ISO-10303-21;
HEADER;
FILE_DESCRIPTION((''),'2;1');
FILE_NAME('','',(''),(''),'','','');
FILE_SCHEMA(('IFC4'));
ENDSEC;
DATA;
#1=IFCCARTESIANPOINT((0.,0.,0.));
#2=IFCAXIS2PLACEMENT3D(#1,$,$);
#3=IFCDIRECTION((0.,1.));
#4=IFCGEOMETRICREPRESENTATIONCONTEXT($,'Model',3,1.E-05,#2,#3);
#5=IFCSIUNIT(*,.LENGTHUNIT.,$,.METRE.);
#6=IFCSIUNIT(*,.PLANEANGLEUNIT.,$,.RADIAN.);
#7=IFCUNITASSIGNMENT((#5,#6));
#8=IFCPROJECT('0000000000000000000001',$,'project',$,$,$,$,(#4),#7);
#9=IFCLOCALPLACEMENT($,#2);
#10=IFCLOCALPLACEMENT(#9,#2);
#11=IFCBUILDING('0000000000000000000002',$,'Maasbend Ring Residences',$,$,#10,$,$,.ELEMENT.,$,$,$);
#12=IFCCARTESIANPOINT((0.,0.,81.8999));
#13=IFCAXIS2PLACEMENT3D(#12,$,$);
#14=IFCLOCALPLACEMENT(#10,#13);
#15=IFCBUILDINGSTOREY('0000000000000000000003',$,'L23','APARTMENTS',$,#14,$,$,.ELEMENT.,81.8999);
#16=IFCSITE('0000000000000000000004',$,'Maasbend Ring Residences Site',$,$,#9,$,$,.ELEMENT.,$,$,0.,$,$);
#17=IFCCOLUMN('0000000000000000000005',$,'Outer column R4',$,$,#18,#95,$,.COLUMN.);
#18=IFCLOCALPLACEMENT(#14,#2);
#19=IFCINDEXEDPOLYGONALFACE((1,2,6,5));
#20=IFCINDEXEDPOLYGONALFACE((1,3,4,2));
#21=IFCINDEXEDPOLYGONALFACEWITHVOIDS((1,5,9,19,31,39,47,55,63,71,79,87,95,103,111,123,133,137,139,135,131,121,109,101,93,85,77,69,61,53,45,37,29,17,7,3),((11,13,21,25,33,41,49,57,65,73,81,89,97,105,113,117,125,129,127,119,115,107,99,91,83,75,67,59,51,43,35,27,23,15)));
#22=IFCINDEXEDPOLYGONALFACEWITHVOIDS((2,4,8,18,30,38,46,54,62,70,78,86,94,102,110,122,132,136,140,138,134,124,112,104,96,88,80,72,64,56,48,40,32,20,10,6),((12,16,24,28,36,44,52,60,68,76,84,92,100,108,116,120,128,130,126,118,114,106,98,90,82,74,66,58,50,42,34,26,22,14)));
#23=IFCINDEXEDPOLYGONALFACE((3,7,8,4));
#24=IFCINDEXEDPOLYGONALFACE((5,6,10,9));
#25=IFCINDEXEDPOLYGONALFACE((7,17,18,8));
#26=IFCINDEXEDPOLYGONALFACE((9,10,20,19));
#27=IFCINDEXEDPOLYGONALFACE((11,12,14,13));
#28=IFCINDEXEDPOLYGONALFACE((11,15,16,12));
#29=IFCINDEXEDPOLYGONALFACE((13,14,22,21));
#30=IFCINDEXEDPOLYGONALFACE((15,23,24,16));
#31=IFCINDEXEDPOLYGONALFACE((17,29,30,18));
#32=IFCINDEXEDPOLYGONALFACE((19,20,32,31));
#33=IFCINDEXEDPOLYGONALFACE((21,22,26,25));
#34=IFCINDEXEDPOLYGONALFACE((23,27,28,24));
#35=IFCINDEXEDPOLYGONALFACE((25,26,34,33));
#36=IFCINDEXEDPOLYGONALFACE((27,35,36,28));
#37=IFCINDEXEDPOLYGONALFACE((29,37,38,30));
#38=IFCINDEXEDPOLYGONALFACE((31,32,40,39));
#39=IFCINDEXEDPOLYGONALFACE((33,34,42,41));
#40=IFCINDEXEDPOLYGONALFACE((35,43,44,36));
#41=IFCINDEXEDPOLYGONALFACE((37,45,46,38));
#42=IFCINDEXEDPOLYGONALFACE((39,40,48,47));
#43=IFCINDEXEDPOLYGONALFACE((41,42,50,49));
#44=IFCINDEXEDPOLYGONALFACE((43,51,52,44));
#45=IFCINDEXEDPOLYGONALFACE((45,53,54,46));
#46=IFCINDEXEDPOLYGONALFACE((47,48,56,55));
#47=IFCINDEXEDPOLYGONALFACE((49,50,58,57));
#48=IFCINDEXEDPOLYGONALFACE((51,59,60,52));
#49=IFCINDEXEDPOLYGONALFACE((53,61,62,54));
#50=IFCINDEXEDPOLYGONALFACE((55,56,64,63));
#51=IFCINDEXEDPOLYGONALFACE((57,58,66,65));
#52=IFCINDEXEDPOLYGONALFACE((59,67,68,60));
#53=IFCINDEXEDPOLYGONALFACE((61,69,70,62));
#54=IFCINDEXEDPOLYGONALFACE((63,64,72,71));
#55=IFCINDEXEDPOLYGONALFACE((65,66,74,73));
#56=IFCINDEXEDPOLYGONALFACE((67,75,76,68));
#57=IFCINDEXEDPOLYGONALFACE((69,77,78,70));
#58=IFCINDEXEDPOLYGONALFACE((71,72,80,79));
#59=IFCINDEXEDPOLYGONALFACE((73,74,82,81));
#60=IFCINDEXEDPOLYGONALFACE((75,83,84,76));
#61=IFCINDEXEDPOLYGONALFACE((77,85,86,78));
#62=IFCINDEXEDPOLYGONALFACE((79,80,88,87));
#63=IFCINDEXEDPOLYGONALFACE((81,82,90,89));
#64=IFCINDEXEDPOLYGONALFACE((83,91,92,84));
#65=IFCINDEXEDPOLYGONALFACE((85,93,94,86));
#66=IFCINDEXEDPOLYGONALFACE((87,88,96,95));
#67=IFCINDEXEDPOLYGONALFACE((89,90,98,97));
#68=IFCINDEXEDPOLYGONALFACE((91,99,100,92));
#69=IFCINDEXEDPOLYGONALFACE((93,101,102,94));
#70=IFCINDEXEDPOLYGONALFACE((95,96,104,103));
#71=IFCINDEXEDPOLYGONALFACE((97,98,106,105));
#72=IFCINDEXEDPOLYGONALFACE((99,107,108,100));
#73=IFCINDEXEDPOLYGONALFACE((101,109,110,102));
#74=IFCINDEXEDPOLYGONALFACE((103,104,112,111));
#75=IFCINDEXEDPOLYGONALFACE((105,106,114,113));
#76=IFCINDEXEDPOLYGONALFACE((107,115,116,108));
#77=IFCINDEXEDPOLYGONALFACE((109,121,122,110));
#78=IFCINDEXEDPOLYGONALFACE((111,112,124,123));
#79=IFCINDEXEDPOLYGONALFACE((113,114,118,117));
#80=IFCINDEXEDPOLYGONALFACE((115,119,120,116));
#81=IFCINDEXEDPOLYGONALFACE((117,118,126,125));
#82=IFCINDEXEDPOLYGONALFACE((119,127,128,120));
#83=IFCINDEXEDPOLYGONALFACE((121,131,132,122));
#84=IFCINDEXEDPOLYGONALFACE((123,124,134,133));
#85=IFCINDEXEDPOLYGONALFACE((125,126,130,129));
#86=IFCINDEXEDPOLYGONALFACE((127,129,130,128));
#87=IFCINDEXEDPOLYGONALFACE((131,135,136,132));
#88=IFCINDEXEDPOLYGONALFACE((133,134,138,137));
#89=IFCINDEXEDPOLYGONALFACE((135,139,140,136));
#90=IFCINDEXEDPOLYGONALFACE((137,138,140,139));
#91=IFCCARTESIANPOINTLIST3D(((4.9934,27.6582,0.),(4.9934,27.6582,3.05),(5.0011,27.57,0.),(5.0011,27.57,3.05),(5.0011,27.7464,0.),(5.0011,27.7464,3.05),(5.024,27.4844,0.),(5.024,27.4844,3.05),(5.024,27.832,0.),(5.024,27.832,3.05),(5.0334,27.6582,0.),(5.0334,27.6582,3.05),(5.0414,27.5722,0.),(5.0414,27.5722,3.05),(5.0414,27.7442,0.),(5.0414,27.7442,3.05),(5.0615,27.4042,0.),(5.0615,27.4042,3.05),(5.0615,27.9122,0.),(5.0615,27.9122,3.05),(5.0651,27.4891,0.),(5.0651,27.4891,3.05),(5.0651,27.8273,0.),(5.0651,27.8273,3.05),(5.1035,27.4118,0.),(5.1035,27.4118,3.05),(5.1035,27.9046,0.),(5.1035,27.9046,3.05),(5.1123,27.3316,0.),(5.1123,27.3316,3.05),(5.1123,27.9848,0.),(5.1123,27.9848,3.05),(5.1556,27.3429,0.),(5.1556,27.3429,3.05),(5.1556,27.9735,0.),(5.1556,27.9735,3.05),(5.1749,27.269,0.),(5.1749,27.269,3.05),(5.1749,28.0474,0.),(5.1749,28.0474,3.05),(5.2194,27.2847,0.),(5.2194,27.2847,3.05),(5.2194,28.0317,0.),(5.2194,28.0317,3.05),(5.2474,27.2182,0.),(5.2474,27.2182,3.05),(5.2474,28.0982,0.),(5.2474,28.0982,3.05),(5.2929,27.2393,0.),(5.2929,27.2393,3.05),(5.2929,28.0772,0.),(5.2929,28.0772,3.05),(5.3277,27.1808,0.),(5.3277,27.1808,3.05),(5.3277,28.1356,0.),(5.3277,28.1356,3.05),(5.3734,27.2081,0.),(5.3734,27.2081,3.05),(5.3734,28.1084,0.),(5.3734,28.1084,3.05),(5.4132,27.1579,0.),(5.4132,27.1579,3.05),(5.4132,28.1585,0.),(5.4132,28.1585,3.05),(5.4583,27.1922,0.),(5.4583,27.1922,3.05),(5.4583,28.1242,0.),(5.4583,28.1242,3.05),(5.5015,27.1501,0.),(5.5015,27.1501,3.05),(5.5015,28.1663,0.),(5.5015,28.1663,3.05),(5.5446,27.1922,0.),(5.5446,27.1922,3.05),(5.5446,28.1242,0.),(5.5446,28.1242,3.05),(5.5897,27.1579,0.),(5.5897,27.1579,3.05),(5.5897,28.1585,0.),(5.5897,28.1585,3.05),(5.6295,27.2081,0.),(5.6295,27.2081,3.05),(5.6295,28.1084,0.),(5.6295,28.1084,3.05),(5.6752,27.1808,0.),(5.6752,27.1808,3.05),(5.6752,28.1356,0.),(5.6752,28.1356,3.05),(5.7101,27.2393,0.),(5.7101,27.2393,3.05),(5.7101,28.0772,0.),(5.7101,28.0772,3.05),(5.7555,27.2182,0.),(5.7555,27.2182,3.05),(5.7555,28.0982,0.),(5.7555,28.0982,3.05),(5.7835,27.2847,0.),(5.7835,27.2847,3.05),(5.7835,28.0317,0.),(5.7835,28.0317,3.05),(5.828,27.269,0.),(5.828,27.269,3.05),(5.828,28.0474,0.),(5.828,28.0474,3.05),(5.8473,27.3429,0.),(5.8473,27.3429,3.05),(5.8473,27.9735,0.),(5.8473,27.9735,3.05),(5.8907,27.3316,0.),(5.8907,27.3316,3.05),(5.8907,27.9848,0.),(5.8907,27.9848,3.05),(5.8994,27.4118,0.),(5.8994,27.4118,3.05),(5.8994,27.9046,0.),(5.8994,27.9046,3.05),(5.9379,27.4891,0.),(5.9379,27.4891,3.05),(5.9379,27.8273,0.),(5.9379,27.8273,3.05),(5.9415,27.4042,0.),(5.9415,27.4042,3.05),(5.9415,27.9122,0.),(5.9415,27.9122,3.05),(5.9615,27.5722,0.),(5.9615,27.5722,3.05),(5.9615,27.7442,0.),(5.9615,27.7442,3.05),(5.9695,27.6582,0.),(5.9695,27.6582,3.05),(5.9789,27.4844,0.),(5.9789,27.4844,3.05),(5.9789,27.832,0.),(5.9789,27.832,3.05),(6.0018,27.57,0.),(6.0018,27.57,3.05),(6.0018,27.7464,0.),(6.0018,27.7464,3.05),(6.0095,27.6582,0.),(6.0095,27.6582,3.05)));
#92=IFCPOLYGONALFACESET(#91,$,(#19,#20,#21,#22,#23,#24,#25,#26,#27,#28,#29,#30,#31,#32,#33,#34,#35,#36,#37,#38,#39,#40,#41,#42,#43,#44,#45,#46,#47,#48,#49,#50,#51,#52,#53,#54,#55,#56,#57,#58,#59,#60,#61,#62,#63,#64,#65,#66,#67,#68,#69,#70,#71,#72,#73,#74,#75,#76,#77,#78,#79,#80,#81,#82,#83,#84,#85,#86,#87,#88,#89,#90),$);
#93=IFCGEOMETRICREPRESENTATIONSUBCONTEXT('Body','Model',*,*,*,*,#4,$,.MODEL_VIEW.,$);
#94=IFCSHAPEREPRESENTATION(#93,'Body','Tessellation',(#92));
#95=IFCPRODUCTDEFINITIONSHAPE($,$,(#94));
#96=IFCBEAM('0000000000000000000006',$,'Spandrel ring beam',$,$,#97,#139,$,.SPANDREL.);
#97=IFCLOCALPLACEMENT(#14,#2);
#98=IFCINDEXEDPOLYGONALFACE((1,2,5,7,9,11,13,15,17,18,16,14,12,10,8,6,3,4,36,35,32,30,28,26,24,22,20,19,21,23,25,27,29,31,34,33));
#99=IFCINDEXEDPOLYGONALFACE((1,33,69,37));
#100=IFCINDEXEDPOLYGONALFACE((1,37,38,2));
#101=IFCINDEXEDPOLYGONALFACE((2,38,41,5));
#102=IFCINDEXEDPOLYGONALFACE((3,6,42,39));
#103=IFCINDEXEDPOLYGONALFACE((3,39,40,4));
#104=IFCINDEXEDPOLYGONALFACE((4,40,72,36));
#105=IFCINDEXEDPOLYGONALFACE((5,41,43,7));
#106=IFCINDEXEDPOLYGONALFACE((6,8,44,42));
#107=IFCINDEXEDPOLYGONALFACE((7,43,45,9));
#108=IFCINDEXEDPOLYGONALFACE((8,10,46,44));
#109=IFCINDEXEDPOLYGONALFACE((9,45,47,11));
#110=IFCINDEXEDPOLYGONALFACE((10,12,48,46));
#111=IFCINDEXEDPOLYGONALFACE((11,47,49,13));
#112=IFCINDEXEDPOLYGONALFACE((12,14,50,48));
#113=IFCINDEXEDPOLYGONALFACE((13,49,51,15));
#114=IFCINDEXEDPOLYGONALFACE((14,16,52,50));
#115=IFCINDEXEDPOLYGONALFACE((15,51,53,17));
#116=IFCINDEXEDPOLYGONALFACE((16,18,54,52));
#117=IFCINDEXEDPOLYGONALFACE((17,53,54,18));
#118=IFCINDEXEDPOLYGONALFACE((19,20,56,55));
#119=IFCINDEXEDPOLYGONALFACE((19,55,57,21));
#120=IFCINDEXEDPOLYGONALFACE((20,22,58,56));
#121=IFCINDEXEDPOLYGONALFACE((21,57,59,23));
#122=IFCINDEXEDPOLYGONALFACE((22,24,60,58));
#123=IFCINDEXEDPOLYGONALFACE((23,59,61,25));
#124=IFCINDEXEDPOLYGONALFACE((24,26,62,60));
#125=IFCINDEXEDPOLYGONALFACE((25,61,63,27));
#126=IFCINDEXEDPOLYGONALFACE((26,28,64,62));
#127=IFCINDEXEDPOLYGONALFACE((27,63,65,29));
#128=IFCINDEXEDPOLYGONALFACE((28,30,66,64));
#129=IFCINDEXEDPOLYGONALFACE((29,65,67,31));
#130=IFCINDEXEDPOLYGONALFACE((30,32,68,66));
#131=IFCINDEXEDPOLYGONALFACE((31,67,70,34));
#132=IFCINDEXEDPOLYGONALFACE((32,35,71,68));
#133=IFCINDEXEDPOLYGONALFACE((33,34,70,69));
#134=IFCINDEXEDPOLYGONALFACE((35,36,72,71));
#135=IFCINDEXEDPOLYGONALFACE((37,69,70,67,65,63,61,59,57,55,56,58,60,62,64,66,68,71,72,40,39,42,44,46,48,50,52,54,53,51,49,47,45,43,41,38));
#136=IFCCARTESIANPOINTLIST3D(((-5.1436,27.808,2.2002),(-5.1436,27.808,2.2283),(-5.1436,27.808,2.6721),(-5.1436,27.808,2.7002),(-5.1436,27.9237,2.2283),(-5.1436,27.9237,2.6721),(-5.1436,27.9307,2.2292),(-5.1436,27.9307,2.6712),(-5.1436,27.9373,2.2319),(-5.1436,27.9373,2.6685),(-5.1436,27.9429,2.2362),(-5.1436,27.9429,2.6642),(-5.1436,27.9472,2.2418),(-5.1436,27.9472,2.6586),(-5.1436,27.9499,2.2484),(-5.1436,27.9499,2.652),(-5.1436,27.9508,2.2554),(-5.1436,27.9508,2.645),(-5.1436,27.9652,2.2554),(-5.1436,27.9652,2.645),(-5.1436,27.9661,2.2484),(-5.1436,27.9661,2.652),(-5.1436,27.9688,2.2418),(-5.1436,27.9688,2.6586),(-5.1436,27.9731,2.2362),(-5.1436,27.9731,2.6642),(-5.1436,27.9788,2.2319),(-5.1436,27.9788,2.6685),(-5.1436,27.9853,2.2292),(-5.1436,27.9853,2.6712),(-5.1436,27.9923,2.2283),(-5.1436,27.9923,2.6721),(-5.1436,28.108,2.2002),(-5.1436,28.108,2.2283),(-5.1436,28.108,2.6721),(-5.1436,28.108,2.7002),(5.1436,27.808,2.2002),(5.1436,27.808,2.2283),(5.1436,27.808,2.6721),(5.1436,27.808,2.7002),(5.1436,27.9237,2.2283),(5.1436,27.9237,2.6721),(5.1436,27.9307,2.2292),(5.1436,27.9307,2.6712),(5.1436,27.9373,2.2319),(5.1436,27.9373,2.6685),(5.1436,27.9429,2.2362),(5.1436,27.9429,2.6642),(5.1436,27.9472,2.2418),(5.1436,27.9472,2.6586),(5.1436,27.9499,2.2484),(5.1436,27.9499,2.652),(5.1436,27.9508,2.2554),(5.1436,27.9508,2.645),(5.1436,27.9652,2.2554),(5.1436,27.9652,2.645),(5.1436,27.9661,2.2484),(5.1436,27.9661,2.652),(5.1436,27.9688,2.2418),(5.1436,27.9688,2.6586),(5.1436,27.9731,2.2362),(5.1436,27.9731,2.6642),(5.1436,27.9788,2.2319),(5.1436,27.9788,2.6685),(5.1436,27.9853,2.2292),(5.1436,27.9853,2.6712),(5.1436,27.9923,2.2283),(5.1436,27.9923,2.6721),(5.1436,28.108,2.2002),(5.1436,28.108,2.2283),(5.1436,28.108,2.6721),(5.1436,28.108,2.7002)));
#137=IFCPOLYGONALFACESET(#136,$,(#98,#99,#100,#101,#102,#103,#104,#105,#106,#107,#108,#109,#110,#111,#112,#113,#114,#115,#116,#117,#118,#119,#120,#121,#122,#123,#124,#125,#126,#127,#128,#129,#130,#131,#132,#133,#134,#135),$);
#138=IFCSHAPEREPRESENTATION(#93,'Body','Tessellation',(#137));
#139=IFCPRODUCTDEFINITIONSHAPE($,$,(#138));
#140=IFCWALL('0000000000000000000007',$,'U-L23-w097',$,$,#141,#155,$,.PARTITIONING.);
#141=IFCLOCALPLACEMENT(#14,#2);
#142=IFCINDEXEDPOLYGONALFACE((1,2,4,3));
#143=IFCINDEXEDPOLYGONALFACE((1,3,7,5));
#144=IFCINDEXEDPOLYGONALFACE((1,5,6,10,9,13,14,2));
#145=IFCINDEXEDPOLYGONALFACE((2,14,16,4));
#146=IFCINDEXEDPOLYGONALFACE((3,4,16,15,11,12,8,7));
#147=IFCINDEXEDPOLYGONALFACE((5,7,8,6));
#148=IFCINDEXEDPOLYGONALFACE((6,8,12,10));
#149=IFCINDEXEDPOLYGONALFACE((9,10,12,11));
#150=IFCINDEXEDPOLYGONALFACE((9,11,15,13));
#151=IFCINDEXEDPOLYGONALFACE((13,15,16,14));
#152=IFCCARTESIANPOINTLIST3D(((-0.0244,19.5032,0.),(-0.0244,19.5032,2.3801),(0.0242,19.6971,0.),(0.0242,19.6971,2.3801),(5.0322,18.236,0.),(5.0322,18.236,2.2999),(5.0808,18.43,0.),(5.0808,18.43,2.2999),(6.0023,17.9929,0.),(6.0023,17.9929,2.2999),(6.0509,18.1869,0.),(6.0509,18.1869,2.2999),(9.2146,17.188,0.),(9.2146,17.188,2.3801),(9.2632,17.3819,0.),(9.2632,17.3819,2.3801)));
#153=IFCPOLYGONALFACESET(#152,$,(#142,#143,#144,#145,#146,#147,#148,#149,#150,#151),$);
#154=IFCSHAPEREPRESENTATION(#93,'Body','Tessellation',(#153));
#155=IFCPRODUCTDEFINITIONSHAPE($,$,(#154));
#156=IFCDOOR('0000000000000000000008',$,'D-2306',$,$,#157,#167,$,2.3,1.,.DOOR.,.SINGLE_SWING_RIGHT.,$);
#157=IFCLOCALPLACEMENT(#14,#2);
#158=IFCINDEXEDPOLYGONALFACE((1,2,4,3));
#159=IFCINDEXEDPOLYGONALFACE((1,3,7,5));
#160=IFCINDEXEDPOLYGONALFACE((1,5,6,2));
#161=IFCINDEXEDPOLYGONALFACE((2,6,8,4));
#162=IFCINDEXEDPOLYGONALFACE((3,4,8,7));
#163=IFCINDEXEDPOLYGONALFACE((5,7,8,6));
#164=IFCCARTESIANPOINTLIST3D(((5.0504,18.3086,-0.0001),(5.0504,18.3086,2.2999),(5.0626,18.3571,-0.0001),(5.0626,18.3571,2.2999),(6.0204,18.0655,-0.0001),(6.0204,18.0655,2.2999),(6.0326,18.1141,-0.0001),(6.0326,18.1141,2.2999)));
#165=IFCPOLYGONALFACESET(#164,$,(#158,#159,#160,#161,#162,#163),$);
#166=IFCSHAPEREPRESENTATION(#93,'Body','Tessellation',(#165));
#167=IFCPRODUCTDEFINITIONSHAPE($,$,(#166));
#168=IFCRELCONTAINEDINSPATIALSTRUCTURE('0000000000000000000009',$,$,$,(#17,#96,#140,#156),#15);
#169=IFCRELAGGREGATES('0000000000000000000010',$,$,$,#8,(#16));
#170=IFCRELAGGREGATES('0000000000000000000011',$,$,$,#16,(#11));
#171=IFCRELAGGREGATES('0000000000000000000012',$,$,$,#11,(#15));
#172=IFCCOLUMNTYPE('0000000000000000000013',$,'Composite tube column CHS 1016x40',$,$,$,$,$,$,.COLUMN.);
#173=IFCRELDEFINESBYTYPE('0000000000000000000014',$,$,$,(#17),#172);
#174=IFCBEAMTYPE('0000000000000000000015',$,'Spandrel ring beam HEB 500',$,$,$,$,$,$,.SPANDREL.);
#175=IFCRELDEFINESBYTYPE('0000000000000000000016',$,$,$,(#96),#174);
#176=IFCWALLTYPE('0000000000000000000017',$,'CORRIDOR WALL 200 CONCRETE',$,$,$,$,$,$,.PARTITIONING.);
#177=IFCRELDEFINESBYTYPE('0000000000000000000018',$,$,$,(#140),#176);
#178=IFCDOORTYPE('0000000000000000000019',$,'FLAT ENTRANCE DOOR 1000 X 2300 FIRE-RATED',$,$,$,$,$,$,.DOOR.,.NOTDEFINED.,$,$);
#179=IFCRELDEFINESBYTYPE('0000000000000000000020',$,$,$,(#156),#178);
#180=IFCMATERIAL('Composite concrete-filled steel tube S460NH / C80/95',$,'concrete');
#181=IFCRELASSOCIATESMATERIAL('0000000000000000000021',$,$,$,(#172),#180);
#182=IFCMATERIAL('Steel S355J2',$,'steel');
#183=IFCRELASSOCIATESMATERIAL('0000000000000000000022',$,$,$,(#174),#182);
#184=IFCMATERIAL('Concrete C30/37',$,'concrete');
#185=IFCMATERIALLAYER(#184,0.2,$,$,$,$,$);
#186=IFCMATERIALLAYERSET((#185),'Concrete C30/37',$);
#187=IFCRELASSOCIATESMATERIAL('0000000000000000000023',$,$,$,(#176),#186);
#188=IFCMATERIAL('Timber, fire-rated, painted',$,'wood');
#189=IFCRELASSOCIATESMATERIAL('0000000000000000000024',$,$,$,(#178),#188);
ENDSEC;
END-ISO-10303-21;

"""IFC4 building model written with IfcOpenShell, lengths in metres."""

from ifc_helpers import new_model, si_unit, direction, frame, frame_2d, origin, origin_2d, place, context, subcontext, project, spatial, rectangle, hollow_circle, i_section, extrude, material, layer, layer_set, material_profile, profile_set, type_object, element, fill, save


model = new_model("IFC4")

# Units and contexts
model_context = context("Model", 3, precision=1e-05, world=origin(), true_north=direction((0.0, 1.0)))
body_context = subcontext(model_context, "Body", "Model", "MODEL_VIEW")
ifc_project = project(units=[si_unit("LENGTHUNIT", "METRE"), si_unit("PLANEANGLEUNIT", "RADIAN")], contexts=[model_context])

# Site, building, storey
site_placement = place(None, origin())
site = spatial("IfcSite", under=ifc_project, at=site_placement, Name="Maasbend Ring Residences Site", CompositionType="ELEMENT", RefElevation=0.0)
building_placement = place(site_placement, origin())
building = spatial("IfcBuilding", under=site, at=building_placement, Name="Maasbend Ring Residences", CompositionType="ELEMENT")
storey_placement = place(building_placement, frame((0.0, 0.0, 81.8999)))
storey = spatial("IfcBuildingStorey", under=building, at=storey_placement, Name="L23", Description="APARTMENTS", CompositionType="ELEMENT", Elevation=81.8999)

# Column
ifc_material_1 = material(Name="Composite concrete-filled steel tube S460NH / C80/95", Category="concrete")
ifc_material_profile_1 = material_profile(ifc_material_1, hollow_circle(Radius=0.5081, WallThickness=0.04, at=origin_2d()), Name="Composite tube column CHS 1016x40")
ifc_profile_set_1 = profile_set([ifc_material_profile_1], Name="Composite concrete-filled steel tube S460NH / C80/95")
column_type = type_object("IfcColumnType", Name="Composite tube column CHS 1016x40", PredefinedType="COLUMN", material=ifc_profile_set_1)
column_placement = place(storey_placement, frame((5.5015, 27.6582, 0.0), z_axis=(0.0, 0.0, 1.0), x_axis=(1.0, 0.0, 0.0)))
element("IfcColumn", 1, at=column_placement, inside=storey, type_object=column_type, Name="Outer column R4", PredefinedType="COLUMN", context=body_context, shape_type="SweptSolid", body=[
    extrude(hollow_circle(Radius=0.5081, WallThickness=0.04, at=origin_2d()), origin(), (0.0, 0.0, 1.0), 3.05),
])

# Beam
ifc_material_2 = material(Name="Steel S355J2", Category="steel")
ifc_material_profile_2 = material_profile(ifc_material_2, i_section(OverallWidth=0.3, OverallDepth=0.5, WebThickness=0.0144, FlangeThickness=0.0281, FilletRadius=0.0271, at=origin_2d()), Name="HEB 500")
ifc_profile_set_2 = profile_set([ifc_material_profile_2], Name="Steel S355J2")
beam_type = type_object("IfcBeamType", Name="Spandrel ring beam HEB 500", PredefinedType="SPANDREL", material=ifc_profile_set_2)
beam_placement = place(storey_placement, frame((5.1436, 27.958, 2.4502), z_axis=(-1.0, 0.0, 0.0), x_axis=(0.0, -1.0, 0.0)))
element("IfcBeam", 2, at=beam_placement, inside=storey, type_object=beam_type, Name="Spandrel ring beam", PredefinedType="SPANDREL", context=body_context, shape_type="SweptSolid", body=[
    extrude(i_section(OverallWidth=0.3, OverallDepth=0.5, WebThickness=0.0144, FlangeThickness=0.0281, FilletRadius=0.0271, at=origin_2d()), origin(), (0.0, 0.0, 1.0), 10.2871),
])

# Wall, opening, door
ifc_material_3 = material(Name="Concrete C30/37", Category="concrete")
ifc_layer_1 = layer(ifc_material_3, 0.2)
ifc_layer_set_1 = layer_set([ifc_layer_1], Name="Concrete C30/37")
wall_type_1 = type_object("IfcWallType", Name="CORRIDOR WALL 200 CONCRETE", PredefinedType="PARTITIONING", material=ifc_layer_set_1)
wall_1_placement = place(storey_placement, frame((0.0, 19.6001, 0.0), z_axis=(0.0, 0.0, 1.0), x_axis=(0.970008, -0.243072, 0.0)))
wall_1 = element("IfcWall", 3, at=wall_1_placement, inside=storey, type_object=wall_type_1, Name="U-L23-w097", PredefinedType="PARTITIONING", context=body_context, shape_type="SweptSolid", body=[
    extrude(rectangle(XDim=9.5247, YDim=0.2, at=frame_2d((4.7622, 0.0))), origin(), (0.0, 0.0, 1.0), 2.3801),
])
opening_1_placement = place(wall_1_placement, frame((5.2129, 0.0, 0.0)))
opening_1 = element("IfcOpeningElement", 4, at=opening_1_placement, cuts=wall_1, PredefinedType="OPENING", context=body_context, shape_type="SweptSolid", body=[
    extrude(rectangle(XDim=1.0, YDim=2.3, at=frame_2d((0.5, 1.1499))), frame((0.0, 0.1099, 0.0), z_axis=(0.0, -1.0, 0.0), x_axis=(1.0, 0.0, 0.0)), (0.0, 0.0, 1.0), 0.22),
])
ifc_material_4 = material(Name="Timber, fire-rated, painted", Category="wood")
door_type_1 = type_object("IfcDoorType", Name="FLAT ENTRANCE DOOR 1000 X 2300 FIRE-RATED", OperationType="NOTDEFINED", PredefinedType="DOOR", material=ifc_material_4)
door_1_placement = place(opening_1_placement, origin())
door_1 = element("IfcDoor", 5, at=door_1_placement, inside=storey, type_object=door_type_1, Name="D-2306", OperationType="SINGLE_SWING_RIGHT", OverallHeight=2.3, OverallWidth=1.0, PredefinedType="DOOR", context=body_context, shape_type="SweptSolid", body=[
    extrude(rectangle(XDim=1.0, YDim=2.3, at=frame_2d((0.5, 1.1499))), frame((0.0, 0.0249, 0.0), z_axis=(0.0, -1.0, 0.0), x_axis=(1.0, 0.0, 0.0)), (0.0, 0.0, 1.0), 0.05),
])
fill(opening_1, door_1)

save(model, "model.ifc")
